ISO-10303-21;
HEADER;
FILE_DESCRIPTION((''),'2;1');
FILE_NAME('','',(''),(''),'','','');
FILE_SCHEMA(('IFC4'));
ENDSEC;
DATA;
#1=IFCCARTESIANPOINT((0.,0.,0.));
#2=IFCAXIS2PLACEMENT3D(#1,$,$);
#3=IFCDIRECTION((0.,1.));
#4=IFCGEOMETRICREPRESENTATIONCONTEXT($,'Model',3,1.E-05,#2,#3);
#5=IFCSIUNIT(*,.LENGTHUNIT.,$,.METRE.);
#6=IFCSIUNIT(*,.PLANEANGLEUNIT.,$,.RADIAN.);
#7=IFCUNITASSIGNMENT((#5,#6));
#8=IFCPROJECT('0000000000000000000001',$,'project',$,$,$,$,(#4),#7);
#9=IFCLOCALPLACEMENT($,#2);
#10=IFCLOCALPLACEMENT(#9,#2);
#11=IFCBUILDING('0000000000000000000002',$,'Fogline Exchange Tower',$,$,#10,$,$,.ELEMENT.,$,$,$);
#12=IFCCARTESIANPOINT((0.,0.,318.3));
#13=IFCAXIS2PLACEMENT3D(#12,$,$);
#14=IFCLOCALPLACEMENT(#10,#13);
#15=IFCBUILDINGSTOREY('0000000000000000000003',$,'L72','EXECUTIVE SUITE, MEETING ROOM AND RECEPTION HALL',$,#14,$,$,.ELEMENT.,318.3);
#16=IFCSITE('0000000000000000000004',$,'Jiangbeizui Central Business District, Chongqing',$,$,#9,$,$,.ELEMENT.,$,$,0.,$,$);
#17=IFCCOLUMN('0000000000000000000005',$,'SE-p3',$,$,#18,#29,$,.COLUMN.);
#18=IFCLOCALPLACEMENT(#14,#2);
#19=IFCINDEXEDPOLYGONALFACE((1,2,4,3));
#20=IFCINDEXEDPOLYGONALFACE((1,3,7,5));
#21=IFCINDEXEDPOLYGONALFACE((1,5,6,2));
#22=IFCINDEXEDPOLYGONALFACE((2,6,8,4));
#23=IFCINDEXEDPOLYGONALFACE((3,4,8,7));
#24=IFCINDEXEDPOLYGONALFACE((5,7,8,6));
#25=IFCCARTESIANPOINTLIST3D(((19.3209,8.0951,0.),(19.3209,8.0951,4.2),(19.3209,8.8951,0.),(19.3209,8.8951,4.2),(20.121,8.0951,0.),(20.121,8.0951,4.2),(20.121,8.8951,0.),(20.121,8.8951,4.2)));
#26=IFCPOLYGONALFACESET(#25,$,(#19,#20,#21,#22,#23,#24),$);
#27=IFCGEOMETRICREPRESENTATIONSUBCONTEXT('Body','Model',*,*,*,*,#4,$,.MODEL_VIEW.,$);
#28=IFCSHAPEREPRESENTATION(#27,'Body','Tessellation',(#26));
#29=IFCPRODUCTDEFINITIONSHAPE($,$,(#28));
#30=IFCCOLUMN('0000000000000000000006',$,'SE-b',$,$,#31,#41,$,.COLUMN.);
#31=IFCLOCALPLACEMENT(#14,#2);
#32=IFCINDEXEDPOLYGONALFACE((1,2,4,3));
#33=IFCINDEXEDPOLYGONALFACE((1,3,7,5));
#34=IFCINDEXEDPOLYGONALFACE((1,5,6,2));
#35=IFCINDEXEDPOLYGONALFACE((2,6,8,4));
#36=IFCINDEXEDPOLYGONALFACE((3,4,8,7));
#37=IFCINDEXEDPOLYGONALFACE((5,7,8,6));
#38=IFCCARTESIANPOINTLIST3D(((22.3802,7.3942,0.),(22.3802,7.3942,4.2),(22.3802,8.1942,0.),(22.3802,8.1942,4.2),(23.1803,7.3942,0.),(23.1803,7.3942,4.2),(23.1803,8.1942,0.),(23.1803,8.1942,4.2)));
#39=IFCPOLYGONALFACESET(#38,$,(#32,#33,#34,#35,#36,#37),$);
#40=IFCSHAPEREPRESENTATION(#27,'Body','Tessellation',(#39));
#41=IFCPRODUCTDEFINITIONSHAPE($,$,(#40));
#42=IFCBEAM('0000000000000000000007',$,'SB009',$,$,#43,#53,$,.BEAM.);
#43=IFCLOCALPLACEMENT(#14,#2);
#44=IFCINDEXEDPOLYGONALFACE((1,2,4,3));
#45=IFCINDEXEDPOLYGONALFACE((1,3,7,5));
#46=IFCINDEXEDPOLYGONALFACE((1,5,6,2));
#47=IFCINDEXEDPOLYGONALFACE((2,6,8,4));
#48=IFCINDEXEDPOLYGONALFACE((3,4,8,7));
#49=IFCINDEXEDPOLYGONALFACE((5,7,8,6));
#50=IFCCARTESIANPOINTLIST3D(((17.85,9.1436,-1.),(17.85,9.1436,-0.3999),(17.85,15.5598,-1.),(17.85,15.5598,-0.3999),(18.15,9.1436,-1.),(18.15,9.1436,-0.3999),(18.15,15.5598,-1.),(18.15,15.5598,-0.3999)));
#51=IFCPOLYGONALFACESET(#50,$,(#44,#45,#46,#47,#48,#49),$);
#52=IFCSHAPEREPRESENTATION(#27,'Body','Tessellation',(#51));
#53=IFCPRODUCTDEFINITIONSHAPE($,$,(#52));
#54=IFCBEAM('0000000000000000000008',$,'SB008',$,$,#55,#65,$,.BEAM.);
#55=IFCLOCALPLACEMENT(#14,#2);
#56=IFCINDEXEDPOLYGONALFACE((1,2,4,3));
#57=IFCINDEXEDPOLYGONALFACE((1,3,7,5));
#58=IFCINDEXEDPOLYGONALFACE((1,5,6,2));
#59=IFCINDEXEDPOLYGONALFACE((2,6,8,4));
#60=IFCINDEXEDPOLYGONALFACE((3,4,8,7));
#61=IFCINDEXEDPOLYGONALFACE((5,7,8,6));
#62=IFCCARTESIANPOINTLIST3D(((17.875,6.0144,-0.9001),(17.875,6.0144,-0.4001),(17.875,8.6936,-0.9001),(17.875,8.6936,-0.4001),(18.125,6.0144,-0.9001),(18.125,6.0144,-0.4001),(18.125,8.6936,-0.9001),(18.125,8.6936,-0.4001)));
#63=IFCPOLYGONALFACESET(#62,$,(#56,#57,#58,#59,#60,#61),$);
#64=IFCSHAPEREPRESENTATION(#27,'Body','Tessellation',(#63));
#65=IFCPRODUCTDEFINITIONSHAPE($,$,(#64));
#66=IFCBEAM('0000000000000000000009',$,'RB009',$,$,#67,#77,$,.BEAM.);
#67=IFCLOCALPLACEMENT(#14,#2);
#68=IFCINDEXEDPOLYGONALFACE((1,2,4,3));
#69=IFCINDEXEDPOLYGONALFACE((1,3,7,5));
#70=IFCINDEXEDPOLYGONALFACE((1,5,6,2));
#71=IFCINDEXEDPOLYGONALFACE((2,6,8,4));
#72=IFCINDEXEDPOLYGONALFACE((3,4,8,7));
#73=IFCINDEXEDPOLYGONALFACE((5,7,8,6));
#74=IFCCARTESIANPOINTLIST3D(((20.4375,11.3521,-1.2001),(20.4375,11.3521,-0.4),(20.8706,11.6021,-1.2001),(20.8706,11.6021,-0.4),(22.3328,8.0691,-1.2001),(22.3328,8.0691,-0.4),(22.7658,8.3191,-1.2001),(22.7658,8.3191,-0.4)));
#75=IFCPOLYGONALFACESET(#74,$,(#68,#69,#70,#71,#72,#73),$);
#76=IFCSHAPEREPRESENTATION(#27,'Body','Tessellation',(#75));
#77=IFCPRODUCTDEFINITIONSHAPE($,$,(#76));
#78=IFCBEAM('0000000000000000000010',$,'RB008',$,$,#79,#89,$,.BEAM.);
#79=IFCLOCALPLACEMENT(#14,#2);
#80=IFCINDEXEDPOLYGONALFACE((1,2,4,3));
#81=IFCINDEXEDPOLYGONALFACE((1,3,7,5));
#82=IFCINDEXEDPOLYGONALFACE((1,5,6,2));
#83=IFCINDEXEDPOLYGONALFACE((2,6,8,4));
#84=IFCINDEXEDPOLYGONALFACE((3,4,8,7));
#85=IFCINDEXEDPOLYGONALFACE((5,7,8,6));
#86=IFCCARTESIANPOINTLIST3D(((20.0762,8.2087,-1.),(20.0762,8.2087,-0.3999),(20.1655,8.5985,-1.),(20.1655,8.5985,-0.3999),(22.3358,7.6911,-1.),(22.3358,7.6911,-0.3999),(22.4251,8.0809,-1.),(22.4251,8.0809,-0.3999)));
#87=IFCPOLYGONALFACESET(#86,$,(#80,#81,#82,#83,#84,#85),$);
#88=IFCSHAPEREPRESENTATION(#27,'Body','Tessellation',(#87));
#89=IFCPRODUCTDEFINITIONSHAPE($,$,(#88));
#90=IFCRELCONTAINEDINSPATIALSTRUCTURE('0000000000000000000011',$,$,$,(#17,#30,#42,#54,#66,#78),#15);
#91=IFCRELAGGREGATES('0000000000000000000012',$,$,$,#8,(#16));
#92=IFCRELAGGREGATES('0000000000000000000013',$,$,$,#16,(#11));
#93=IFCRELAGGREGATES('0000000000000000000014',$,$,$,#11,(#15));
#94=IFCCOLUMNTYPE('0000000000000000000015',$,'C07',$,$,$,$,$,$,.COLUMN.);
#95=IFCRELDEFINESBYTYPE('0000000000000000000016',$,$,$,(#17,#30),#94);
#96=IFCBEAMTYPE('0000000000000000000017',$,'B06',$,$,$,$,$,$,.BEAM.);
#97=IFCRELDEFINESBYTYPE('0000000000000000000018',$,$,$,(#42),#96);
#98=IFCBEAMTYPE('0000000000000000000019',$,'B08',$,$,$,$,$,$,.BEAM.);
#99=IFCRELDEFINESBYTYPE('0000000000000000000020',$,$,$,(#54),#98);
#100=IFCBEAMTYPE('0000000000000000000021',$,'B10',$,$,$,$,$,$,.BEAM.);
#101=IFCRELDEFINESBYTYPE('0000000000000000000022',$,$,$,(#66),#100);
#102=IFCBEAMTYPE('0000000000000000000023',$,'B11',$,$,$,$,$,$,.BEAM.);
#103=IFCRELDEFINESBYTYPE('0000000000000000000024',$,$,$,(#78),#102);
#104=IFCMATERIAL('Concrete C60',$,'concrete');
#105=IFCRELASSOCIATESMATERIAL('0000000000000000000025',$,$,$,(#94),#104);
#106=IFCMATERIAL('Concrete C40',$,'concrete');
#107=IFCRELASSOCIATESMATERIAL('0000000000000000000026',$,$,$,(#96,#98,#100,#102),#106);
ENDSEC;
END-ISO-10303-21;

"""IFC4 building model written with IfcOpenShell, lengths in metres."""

from ifc_helpers import new_model, si_unit, direction, frame, origin, origin_2d, place, context, subcontext, project, spatial, rectangle, extrude, material, material_profile, profile_set, type_object, element, save


model = new_model("IFC4")

# Units and contexts
model_context = context("Model", 3, precision=1e-05, world=origin(), true_north=direction((0.0, 1.0)))
body_context = subcontext(model_context, "Body", "Model", "MODEL_VIEW")
ifc_project = project(units=[si_unit("LENGTHUNIT", "METRE"), si_unit("PLANEANGLEUNIT", "RADIAN")], contexts=[model_context])

# Site, building, storey
site_placement = place(None, origin())
site = spatial("IfcSite", under=ifc_project, at=site_placement, Name="Jiangbeizui Central Business District, Chongqing", CompositionType="ELEMENT", RefElevation=0.0)
building_placement = place(site_placement, origin())
building = spatial("IfcBuilding", under=site, at=building_placement, Name="Fogline Exchange Tower", CompositionType="ELEMENT")
storey_placement = place(building_placement, frame((0.0, 0.0, 318.3)))
storey = spatial("IfcBuildingStorey", under=building, at=storey_placement, Name="L72", Description="EXECUTIVE SUITE, MEETING ROOM AND RECEPTION HALL", CompositionType="ELEMENT", Elevation=318.3)

# Columns
ifc_material_1 = material(Name="Concrete C60", Category="concrete")
ifc_material_profile_1 = material_profile(ifc_material_1, rectangle(XDim=0.8, YDim=0.8, at=origin_2d()), Name="RC 800x800")
ifc_profile_set_1 = profile_set([ifc_material_profile_1], Name="Concrete C60")
column_type = type_object("IfcColumnType", Name="C07", PredefinedType="COLUMN", material=ifc_profile_set_1)
for number, where, z_axis, x_axis, name in (
    (1, (19.7209, 8.4951, 0.0), (0.0, 0.0, 1.0), (1.0, 0.0, 0.0), "SE-p3"),
    (2, (22.7803, 7.7942, 0.0), (0.0, 0.0, 1.0), (1.0, 0.0, 0.0), "SE-b"),
):
    element("IfcColumn", number, at=place(storey_placement, frame(where, z_axis=z_axis, x_axis=x_axis)), inside=storey, type_object=column_type, Name=name, PredefinedType="COLUMN", context=body_context, shape_type="SweptSolid", body=[
        extrude(rectangle(XDim=0.8, YDim=0.8, at=origin_2d()), origin(), (0.0, 0.0, 1.0), 4.2),
    ])

# Beams
ifc_material_2 = material(Name="Concrete C40", Category="concrete")
ifc_material_profile_2 = material_profile(ifc_material_2, rectangle(XDim=0.3, YDim=0.6001, at=origin_2d()), Name="RC 300x600")
ifc_profile_set_2 = profile_set([ifc_material_profile_2], Name="Concrete C40")
beam_type_1 = type_object("IfcBeamType", Name="B06", PredefinedType="BEAM", material=ifc_profile_set_2)
beam_1_placement = place(storey_placement, frame((18.0, 9.1436, -0.7), z_axis=(0.0, 1.0, 0.0), x_axis=(-1.0, 0.0, 0.0)))
element("IfcBeam", 3, at=beam_1_placement, inside=storey, type_object=beam_type_1, Name="SB009", PredefinedType="BEAM", context=body_context, shape_type="SweptSolid", body=[
    extrude(rectangle(XDim=0.3, YDim=0.6001, at=origin_2d()), origin(), (0.0, 0.0, 1.0), 6.4163),
])
ifc_material_profile_3 = material_profile(ifc_material_2, rectangle(XDim=0.25, YDim=0.5, at=origin_2d()), Name="RC 250x500")
ifc_profile_set_3 = profile_set([ifc_material_profile_3], Name="Concrete C40")
beam_type_2 = type_object("IfcBeamType", Name="B08", PredefinedType="BEAM", material=ifc_profile_set_3)
beam_2_placement = place(storey_placement, frame((18.0, 6.0144, -0.6501), z_axis=(0.0, 1.0, 0.0), x_axis=(-1.0, 0.0, 0.0)))
element("IfcBeam", 4, at=beam_2_placement, inside=storey, type_object=beam_type_2, Name="SB008", PredefinedType="BEAM", context=body_context, shape_type="SweptSolid", body=[
    extrude(rectangle(XDim=0.25, YDim=0.5, at=origin_2d()), origin(), (0.0, 0.0, 1.0), 2.6792),
])
ifc_material_profile_4 = material_profile(ifc_material_2, rectangle(XDim=0.5, YDim=0.8, at=origin_2d()), Name="RC 500x800")
ifc_profile_set_4 = profile_set([ifc_material_profile_4], Name="Concrete C40")
beam_type_3 = type_object("IfcBeamType", Name="B10", PredefinedType="BEAM", material=ifc_profile_set_4)
beam_3_placement = place(storey_placement, frame((22.5493, 8.1941, -0.8), z_axis=(-0.49997, 0.866043, 0.0), x_axis=(-0.866043, -0.49997, 0.0)))
element("IfcBeam", 5, at=beam_3_placement, inside=storey, type_object=beam_type_3, Name="RB009", PredefinedType="BEAM", context=body_context, shape_type="SweptSolid", body=[
    extrude(rectangle(XDim=0.5, YDim=0.8, at=origin_2d()), origin(), (0.0, 0.0, 1.0), 3.7908),
])
ifc_material_profile_5 = material_profile(ifc_material_2, rectangle(XDim=0.3999, YDim=0.6001, at=origin_2d()), Name="RC 400x600")
ifc_profile_set_5 = profile_set([ifc_material_profile_5], Name="Concrete C40")
beam_type_4 = type_object("IfcBeamType", Name="B11", PredefinedType="BEAM", material=ifc_profile_set_5)
beam_4_placement = place(storey_placement, frame((20.1208, 8.4036, -0.7), z_axis=(0.974754, -0.223282, 0.0), x_axis=(0.223282, 0.974754, 0.0)))
element("IfcBeam", 6, at=beam_4_placement, inside=storey, type_object=beam_type_4, Name="RB008", PredefinedType="BEAM", context=body_context, shape_type="SweptSolid", body=[
    extrude(rectangle(XDim=0.3999, YDim=0.6001, at=origin_2d()), origin(), (0.0, 0.0, 1.0), 2.3181),
])

save(model, "model.ifc")
